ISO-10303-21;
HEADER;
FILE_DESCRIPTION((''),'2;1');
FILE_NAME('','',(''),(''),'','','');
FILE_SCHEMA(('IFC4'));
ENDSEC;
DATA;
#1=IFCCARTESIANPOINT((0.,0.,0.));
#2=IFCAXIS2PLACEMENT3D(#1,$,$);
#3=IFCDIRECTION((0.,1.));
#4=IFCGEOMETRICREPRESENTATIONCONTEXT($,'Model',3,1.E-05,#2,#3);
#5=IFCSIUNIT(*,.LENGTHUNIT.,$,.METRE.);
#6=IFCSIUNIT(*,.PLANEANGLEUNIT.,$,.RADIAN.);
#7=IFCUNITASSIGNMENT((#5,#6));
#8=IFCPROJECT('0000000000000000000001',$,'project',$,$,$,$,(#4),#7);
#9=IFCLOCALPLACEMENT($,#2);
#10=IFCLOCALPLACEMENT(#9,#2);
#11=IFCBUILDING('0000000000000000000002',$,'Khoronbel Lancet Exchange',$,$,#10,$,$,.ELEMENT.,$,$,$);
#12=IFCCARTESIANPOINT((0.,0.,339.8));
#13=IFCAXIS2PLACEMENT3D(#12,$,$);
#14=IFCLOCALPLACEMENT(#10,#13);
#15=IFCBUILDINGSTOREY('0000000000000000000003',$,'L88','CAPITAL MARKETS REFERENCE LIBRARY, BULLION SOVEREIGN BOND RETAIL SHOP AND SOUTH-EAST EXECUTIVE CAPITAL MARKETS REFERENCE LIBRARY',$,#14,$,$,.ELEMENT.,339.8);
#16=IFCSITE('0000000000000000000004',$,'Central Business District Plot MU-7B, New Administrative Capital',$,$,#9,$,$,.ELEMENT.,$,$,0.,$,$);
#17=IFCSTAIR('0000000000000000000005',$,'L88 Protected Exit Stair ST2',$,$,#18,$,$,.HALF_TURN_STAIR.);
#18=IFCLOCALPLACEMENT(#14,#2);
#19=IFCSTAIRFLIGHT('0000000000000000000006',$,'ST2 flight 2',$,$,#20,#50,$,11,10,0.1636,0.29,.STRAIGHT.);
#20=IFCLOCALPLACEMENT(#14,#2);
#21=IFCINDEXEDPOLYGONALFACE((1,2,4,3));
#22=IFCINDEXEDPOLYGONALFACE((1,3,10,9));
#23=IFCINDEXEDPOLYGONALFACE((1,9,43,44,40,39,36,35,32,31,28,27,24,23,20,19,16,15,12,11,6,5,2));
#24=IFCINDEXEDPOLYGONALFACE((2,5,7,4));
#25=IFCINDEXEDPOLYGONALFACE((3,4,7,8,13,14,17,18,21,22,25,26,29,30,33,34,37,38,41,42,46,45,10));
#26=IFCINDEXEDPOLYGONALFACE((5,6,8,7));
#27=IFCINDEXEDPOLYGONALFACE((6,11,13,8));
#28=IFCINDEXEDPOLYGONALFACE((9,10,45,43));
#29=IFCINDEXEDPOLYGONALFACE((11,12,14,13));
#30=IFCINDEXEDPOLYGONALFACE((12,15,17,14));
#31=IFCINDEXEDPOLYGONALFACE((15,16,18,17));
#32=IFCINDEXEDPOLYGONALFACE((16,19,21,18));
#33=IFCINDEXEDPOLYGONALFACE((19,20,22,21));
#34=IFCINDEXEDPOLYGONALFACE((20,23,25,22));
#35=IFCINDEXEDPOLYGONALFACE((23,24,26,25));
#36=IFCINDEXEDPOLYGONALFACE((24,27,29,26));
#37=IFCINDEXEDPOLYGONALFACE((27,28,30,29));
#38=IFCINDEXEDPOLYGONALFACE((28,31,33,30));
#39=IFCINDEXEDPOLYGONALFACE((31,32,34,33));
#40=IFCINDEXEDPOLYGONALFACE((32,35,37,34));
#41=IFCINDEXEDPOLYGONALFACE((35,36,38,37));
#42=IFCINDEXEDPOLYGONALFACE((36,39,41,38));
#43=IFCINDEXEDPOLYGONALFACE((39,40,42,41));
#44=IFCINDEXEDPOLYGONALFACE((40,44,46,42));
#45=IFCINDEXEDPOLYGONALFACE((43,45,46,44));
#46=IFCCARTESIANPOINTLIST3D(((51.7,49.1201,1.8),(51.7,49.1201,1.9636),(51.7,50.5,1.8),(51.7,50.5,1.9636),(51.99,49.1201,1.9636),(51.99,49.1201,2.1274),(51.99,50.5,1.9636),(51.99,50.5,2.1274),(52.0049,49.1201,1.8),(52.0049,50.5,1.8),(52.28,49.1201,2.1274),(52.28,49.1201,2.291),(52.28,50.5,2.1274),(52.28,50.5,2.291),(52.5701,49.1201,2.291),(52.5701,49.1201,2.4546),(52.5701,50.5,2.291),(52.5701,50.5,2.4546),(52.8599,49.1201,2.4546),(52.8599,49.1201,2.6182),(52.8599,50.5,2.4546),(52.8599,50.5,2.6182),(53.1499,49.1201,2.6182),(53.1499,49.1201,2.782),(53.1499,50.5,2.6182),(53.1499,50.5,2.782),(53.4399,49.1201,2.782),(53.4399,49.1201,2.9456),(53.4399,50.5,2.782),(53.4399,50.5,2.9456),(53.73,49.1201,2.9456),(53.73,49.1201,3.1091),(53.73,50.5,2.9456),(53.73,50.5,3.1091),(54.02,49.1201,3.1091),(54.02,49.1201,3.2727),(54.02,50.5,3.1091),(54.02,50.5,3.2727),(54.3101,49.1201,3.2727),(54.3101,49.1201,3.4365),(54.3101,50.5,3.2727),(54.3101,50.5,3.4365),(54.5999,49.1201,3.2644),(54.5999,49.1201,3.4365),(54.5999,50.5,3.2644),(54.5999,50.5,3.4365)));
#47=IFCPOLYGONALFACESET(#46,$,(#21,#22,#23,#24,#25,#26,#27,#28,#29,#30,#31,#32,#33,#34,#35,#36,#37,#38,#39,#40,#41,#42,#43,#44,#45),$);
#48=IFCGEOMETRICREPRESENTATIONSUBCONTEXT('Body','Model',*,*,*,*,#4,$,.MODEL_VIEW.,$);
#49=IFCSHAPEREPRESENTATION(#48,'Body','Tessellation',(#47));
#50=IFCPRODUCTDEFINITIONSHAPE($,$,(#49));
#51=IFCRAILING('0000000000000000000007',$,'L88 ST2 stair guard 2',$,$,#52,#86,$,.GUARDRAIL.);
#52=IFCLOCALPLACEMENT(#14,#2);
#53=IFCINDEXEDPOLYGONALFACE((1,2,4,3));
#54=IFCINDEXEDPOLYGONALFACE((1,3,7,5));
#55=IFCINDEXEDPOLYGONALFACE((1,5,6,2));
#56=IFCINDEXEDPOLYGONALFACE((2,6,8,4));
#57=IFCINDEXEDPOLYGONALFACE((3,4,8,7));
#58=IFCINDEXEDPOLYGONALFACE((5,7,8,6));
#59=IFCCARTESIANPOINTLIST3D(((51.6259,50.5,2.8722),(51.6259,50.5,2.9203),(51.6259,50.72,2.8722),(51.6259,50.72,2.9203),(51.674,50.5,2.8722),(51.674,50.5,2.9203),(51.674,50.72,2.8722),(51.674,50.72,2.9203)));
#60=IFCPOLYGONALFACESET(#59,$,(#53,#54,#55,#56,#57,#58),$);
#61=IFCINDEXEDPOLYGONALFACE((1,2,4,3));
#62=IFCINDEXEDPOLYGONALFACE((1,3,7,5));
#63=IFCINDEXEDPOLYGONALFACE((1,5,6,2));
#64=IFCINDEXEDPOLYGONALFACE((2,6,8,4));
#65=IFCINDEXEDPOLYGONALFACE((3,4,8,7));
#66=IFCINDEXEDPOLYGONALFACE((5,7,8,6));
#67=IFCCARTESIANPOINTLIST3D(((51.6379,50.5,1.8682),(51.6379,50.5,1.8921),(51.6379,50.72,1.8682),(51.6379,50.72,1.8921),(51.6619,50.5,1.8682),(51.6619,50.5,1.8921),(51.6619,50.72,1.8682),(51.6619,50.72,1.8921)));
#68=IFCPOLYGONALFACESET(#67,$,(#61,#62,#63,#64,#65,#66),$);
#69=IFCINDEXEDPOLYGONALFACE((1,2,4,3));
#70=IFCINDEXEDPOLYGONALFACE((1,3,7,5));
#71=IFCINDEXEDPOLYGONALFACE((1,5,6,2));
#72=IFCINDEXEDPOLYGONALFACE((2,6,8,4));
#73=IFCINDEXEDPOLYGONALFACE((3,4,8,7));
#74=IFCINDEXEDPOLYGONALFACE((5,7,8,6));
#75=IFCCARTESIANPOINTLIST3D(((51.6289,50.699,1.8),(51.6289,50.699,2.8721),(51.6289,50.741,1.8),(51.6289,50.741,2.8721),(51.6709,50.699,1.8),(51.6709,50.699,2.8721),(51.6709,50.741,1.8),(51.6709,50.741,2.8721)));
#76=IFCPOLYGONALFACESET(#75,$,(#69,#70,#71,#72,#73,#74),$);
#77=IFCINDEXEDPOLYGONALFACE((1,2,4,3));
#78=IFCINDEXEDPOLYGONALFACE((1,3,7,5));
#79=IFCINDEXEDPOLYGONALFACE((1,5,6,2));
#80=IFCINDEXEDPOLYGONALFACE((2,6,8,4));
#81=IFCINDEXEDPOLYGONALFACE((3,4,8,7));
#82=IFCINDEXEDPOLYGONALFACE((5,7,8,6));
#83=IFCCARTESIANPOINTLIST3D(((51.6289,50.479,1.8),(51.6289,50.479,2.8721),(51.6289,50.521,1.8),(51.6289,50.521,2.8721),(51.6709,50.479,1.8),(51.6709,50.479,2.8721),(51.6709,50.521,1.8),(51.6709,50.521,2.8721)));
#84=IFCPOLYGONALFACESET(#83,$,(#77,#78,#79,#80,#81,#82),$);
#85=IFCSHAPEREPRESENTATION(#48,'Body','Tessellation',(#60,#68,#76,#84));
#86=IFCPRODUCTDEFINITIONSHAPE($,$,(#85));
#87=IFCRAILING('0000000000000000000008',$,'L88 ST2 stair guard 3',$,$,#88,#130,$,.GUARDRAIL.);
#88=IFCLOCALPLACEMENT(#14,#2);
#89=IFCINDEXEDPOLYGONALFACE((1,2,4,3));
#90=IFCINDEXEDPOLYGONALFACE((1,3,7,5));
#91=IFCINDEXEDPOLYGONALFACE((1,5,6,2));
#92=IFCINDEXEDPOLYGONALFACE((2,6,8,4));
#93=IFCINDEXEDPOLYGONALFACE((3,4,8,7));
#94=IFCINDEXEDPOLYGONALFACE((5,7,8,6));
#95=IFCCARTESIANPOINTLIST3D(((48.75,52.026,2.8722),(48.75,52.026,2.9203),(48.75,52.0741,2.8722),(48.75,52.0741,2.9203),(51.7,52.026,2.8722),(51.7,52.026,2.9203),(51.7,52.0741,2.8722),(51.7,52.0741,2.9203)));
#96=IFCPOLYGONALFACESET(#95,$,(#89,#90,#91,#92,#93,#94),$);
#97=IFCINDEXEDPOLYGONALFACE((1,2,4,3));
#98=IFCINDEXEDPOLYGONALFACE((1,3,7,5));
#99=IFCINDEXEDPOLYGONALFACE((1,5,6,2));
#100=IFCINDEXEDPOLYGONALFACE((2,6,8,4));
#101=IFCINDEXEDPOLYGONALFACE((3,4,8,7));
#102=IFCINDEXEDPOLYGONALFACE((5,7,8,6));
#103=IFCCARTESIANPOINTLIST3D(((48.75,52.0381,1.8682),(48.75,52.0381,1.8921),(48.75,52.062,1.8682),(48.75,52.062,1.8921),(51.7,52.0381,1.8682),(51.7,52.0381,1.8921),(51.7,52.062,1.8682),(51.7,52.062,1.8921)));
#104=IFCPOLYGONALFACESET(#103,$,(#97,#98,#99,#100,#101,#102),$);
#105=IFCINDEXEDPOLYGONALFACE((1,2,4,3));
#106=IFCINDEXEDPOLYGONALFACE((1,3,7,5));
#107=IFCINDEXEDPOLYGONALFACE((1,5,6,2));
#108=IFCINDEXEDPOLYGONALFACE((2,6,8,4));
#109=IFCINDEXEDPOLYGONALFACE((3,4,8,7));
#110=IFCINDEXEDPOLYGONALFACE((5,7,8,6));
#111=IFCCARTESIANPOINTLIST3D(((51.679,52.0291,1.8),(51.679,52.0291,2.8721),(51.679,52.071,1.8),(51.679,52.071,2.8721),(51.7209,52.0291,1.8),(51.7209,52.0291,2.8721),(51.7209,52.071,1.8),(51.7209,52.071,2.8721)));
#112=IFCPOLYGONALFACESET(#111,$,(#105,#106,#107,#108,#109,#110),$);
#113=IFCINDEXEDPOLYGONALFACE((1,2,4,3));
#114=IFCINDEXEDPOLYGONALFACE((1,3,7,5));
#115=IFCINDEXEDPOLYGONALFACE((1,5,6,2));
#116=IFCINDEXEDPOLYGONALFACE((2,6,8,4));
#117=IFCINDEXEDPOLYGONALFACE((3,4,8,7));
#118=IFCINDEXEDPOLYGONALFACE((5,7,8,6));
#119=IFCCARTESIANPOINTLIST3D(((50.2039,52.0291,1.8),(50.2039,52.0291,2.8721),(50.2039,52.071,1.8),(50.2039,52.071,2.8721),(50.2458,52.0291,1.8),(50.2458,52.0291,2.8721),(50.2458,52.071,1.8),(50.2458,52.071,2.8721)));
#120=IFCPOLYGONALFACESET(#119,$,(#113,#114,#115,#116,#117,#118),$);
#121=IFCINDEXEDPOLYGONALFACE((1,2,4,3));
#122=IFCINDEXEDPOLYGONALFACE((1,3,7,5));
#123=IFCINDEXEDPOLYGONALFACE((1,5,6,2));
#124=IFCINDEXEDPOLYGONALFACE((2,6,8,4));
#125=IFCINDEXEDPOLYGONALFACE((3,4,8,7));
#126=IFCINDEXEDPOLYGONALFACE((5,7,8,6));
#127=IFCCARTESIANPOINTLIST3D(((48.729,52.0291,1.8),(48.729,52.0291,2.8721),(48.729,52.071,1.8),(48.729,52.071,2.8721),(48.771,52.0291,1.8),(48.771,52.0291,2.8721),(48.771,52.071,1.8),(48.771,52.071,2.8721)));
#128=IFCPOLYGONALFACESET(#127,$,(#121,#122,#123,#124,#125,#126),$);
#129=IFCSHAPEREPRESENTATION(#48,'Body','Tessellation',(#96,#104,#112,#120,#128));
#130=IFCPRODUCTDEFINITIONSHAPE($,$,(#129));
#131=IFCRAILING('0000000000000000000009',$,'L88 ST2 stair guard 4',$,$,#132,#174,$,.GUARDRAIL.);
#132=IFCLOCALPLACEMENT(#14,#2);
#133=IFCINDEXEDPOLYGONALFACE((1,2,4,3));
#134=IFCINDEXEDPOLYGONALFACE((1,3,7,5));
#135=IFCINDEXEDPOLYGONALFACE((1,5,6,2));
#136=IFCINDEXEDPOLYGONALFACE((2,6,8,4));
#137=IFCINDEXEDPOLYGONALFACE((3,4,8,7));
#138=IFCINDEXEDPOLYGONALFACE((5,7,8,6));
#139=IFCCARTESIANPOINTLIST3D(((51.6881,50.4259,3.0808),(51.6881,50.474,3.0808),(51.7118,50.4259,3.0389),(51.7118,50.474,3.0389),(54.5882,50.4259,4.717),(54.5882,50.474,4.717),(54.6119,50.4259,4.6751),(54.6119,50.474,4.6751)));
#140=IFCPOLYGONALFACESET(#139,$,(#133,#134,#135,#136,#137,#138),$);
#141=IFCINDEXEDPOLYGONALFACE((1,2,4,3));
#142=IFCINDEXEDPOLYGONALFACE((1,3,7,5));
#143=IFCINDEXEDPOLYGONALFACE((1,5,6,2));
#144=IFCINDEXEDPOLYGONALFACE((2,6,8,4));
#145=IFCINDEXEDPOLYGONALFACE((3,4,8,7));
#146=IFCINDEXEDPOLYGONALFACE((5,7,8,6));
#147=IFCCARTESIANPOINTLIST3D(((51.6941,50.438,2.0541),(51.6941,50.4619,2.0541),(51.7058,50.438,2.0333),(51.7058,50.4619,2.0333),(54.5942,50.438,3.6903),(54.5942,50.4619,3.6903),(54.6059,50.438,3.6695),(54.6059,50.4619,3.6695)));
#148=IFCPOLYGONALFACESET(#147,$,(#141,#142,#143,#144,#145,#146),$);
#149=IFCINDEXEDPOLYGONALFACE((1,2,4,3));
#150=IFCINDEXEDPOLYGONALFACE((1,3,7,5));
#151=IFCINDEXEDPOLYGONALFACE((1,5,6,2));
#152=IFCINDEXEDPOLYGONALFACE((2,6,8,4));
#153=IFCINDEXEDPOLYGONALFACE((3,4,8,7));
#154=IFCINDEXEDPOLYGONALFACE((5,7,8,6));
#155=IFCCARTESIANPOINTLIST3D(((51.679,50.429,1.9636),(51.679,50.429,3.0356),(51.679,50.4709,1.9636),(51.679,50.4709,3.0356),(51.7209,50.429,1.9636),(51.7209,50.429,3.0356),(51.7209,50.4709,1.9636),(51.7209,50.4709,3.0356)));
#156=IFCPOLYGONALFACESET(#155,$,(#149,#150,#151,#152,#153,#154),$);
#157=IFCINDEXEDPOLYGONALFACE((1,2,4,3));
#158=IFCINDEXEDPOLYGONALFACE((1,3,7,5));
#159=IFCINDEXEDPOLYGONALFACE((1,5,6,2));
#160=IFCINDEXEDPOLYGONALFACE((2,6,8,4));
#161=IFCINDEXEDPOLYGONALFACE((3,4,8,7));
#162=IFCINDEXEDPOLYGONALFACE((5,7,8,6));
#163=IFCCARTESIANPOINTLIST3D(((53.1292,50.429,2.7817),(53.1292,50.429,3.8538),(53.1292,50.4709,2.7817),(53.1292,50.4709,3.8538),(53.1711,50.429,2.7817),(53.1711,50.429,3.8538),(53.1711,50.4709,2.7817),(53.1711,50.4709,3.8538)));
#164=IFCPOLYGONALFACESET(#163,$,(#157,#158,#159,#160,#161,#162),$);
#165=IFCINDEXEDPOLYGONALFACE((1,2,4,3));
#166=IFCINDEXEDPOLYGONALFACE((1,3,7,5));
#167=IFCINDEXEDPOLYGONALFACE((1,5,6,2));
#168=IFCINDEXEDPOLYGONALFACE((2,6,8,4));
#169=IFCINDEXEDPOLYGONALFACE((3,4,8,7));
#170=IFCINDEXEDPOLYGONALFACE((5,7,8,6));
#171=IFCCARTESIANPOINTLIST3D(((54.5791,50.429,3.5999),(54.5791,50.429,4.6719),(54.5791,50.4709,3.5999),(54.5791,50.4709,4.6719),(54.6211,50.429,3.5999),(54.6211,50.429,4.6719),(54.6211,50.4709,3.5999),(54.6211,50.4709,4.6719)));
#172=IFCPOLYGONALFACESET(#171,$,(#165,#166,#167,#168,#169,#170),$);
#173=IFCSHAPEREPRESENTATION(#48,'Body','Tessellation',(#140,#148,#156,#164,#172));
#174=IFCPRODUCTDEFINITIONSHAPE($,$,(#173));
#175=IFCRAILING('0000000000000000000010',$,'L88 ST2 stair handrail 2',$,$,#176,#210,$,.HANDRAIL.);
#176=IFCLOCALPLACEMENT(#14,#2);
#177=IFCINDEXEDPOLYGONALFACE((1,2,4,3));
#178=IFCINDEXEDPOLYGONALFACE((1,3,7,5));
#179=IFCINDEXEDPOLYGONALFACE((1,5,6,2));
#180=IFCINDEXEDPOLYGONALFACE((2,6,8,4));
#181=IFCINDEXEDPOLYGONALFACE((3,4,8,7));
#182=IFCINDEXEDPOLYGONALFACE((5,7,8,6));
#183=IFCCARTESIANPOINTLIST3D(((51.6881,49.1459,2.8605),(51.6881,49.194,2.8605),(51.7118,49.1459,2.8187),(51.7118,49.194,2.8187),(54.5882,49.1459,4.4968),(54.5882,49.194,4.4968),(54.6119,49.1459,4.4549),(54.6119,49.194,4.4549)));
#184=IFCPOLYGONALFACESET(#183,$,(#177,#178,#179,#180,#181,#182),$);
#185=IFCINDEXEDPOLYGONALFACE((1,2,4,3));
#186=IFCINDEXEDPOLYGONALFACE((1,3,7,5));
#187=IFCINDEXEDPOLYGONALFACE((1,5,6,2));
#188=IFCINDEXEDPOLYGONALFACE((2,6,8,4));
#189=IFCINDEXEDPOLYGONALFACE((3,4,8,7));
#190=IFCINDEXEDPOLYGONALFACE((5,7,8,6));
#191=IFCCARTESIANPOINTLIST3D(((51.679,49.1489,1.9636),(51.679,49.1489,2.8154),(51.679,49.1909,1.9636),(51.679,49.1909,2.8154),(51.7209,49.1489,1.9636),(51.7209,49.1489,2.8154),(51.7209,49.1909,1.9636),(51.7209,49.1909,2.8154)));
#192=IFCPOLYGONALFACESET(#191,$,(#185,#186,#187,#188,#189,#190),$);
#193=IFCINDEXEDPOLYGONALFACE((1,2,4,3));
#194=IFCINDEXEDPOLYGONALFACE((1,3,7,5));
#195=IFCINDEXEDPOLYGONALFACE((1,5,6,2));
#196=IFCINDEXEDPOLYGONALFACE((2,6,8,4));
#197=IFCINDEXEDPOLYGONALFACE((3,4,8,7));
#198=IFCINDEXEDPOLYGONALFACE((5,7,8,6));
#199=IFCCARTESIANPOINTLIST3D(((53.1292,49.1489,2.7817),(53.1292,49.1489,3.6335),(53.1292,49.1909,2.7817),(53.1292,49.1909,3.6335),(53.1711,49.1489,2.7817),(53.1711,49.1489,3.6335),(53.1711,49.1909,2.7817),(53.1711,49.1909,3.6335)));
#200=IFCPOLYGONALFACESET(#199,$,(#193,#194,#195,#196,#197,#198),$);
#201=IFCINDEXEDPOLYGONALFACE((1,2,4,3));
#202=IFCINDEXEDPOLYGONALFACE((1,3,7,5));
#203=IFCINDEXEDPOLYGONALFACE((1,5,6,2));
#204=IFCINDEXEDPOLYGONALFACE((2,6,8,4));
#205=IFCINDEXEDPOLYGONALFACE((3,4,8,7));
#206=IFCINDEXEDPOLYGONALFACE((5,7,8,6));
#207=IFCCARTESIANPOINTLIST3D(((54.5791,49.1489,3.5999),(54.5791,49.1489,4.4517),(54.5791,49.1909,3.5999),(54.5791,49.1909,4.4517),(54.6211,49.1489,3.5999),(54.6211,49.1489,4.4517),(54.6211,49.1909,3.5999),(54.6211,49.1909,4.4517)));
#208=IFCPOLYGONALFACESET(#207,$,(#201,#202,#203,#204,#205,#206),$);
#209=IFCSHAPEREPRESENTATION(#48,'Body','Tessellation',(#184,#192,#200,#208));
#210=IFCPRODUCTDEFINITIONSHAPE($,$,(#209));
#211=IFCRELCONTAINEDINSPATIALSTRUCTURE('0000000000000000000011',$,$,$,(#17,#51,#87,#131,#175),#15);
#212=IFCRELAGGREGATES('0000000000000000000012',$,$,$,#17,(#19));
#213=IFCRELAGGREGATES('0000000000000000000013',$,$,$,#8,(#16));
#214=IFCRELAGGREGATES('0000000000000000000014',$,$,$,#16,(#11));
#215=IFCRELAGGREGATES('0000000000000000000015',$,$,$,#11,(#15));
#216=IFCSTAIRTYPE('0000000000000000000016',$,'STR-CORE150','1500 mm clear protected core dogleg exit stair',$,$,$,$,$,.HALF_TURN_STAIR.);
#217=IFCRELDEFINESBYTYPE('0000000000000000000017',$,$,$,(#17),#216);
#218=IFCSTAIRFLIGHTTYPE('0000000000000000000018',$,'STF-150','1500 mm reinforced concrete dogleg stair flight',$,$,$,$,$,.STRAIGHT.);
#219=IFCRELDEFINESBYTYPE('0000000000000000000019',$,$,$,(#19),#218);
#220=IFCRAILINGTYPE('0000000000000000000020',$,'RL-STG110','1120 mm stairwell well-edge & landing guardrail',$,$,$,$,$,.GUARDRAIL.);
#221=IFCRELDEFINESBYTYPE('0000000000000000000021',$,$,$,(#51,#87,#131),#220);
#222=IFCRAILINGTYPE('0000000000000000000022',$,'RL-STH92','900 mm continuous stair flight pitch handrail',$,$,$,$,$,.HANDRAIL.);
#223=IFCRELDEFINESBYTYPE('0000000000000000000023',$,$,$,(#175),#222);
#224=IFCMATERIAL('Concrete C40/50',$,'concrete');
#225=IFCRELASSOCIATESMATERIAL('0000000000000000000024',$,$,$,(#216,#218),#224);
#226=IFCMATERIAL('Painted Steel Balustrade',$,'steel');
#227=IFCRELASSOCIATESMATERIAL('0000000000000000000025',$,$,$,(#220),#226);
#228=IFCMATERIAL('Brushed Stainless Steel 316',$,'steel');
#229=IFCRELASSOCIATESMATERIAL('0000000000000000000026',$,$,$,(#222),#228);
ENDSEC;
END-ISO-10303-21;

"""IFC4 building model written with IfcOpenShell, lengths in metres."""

from ifc_helpers import new_model, si_unit, direction, frame, origin, origin_2d, place, context, subcontext, project, spatial, polyline, rectangle, outline, extrude, material, type_object, element, aggregate, save


model = new_model("IFC4")

# Units and contexts
model_context = context("Model", 3, precision=1e-05, world=origin(), true_north=direction((0.0, 1.0)))
body_context = subcontext(model_context, "Body", "Model", "MODEL_VIEW")
ifc_project = project(units=[si_unit("LENGTHUNIT", "METRE"), si_unit("PLANEANGLEUNIT", "RADIAN")], contexts=[model_context])

# Site, building, storey
site_placement = place(None, origin())
site = spatial("IfcSite", under=ifc_project, at=site_placement, Name="Central Business District Plot MU-7B, New Administrative Capital", CompositionType="ELEMENT", RefElevation=0.0)
building_placement = place(site_placement, origin())
building = spatial("IfcBuilding", under=site, at=building_placement, Name="Khoronbel Lancet Exchange", CompositionType="ELEMENT")
storey_placement = place(building_placement, frame((0.0, 0.0, 339.8)))
storey = spatial("IfcBuildingStorey", under=building, at=storey_placement, Name="L88", Description="CAPITAL MARKETS REFERENCE LIBRARY, BULLION SOVEREIGN BOND RETAIL SHOP AND SOUTH-EAST EXECUTIVE CAPITAL MARKETS REFERENCE LIBRARY", CompositionType="ELEMENT", Elevation=339.8)

# Stair, stair flight
ifc_material_1 = material(Name="Concrete C40/50", Category="concrete")
stair_type = type_object("IfcStairType", Name="STR-CORE150", Description="1500 mm clear protected core dogleg exit stair", PredefinedType="HALF_TURN_STAIR", material=ifc_material_1)
stair_placement = place(storey_placement, origin())
stair = element("IfcStair", 1, at=stair_placement, inside=storey, type_object=stair_type, Name="L88 Protected Exit Stair ST2", PredefinedType="HALF_TURN_STAIR")
stair_flight_type = type_object("IfcStairFlightType", Name="STF-150", Description="1500 mm reinforced concrete dogleg stair flight", PredefinedType="STRAIGHT", material=ifc_material_1)
stair_flight_placement = place(storey_placement, frame((51.7, 49.8101, 1.8), z_axis=(0.0, 0.0, 1.0), x_axis=(1.0, 0.0, 0.0)))
stair_flight = element("IfcStairFlight", 2, at=stair_flight_placement, type_object=stair_flight_type, Name="ST2 flight 2", NumberOfRisers=11, NumberOfTreads=10, PredefinedType="STRAIGHT", RiserHeight=0.1636, TreadLength=0.29, context=body_context, shape_type="SweptSolid", body=[
    extrude(outline(polyline([(0.0, 0.0), (0.0, 0.1636), (0.29, 0.1636), (0.29, 0.3274), (0.5801, 0.3274), (0.5801, 0.491), (0.8701, 0.491), (0.8701, 0.6545), (1.1599, 0.6545), (1.1599, 0.8181), (1.45, 0.8181), (1.45, 0.9819), (1.74, 0.9819), (1.74, 1.1455), (2.03, 1.1455), (2.03, 1.3091), (2.3201, 1.3091), (2.3201, 1.4727), (2.6101, 1.4727), (2.6101, 1.6365), (2.8999, 1.6365), (2.8999, 1.8), (2.8999, 1.4644), (0.3049, 0.0), (0.0, 0.0)])), frame((0.0, 0.6899, 0.0), z_axis=(0.0, -1.0, 0.0), x_axis=(1.0, 0.0, 0.0)), (0.0, 0.0, 1.0), 1.3799),
])
aggregate(stair, [stair_flight])

# Railings
ifc_material_2 = material(Name="Painted Steel Balustrade", Category="steel")
railing_type_1 = type_object("IfcRailingType", Name="RL-STG110", Description="1120 mm stairwell well-edge & landing guardrail", PredefinedType="GUARDRAIL", material=ifc_material_2)
railing_1_placement = place(storey_placement, frame((51.6499, 50.72, 1.8)))
element("IfcRailing", 3, at=railing_1_placement, inside=storey, type_object=railing_type_1, Name="L88 ST2 stair guard 2", PredefinedType="GUARDRAIL", context=body_context, shape_type="SweptSolid", body=[
    extrude(rectangle(XDim=0.0481, YDim=0.0481, at=origin_2d()), frame((0.0, 0.0, 1.0962), z_axis=(0.0, -1.0, 0.0), x_axis=(1.0, 0.0, 0.0)), (0.0, 0.0, 1.0), 0.22),
    extrude(rectangle(XDim=0.0239, YDim=0.0239, at=origin_2d()), frame((0.0, 0.0, 0.0801), z_axis=(0.0, -1.0, 0.0), x_axis=(1.0, 0.0, 0.0)), (0.0, 0.0, 1.0), 0.22),
    extrude(rectangle(XDim=0.042, YDim=0.042, at=origin_2d()), origin(), (0.0, 0.0, 1.0), 1.072),
    extrude(rectangle(XDim=0.042, YDim=0.042, at=origin_2d()), frame((0.0, -0.22, 0.0)), (0.0, 0.0, 1.0), 1.072),
])
railing_2_placement = place(storey_placement, frame((51.7, 52.05, 1.8)))
element("IfcRailing", 4, at=railing_2_placement, inside=storey, type_object=railing_type_1, Name="L88 ST2 stair guard 3", PredefinedType="GUARDRAIL", context=body_context, shape_type="SweptSolid", body=[
    extrude(rectangle(XDim=0.0481, YDim=0.0481, at=origin_2d()), frame((0.0, 0.0, 1.0962), z_axis=(-1.0, 0.0, 0.0), x_axis=(0.0, -1.0, 0.0)), (0.0, 0.0, 1.0), 2.95),
    extrude(rectangle(XDim=0.0239, YDim=0.0239, at=origin_2d()), frame((0.0, 0.0, 0.0801), z_axis=(-1.0, 0.0, 0.0), x_axis=(0.0, -1.0, 0.0)), (0.0, 0.0, 1.0), 2.95),
    extrude(rectangle(XDim=0.042, YDim=0.042, at=origin_2d()), origin(), (0.0, 0.0, 1.0), 1.072),
    extrude(rectangle(XDim=0.042, YDim=0.042, at=origin_2d()), frame((-1.4751, 0.0, 0.0)), (0.0, 0.0, 1.0), 1.072),
    extrude(rectangle(XDim=0.042, YDim=0.042, at=origin_2d()), frame((-2.95, 0.0, 0.0)), (0.0, 0.0, 1.0), 1.072),
])
railing_3_placement = place(storey_placement, frame((51.7, 50.45, 1.9636)))
element("IfcRailing", 5, at=railing_3_placement, inside=storey, type_object=railing_type_1, Name="L88 ST2 stair guard 4", PredefinedType="GUARDRAIL", context=body_context, shape_type="SweptSolid", body=[
    extrude(rectangle(XDim=0.0481, YDim=0.0481, at=origin_2d()), frame((0.0, 0.0, 1.0962), z_axis=(0.870946, 0.0, 0.491378), x_axis=(0.0, 1.0, 0.0)), (0.0, 0.0, 1.0), 3.3298),
    extrude(rectangle(XDim=0.0239, YDim=0.0239, at=origin_2d()), frame((0.0, 0.0, 0.0801), z_axis=(0.870946, 0.0, 0.491378), x_axis=(0.0, 1.0, 0.0)), (0.0, 0.0, 1.0), 3.3298),
    extrude(rectangle(XDim=0.042, YDim=0.042, at=origin_2d()), origin(), (0.0, 0.0, 1.0), 1.072),
    extrude(rectangle(XDim=0.042, YDim=0.042, at=origin_2d()), frame((1.4502, 0.0, 0.8181)), (0.0, 0.0, 1.0), 1.072),
    extrude(rectangle(XDim=0.042, YDim=0.042, at=origin_2d()), frame((2.9001, 0.0, 1.6362)), (0.0, 0.0, 1.0), 1.072),
])
ifc_material_3 = material(Name="Brushed Stainless Steel 316", Category="steel")
railing_type_2 = type_object("IfcRailingType", Name="RL-STH92", Description="900 mm continuous stair flight pitch handrail", PredefinedType="HANDRAIL", material=ifc_material_3)
railing_4_placement = place(storey_placement, frame((51.7, 49.1699, 1.9636)))
element("IfcRailing", 6, at=railing_4_placement, inside=storey, type_object=railing_type_2, Name="L88 ST2 stair handrail 2", PredefinedType="HANDRAIL", context=body_context, shape_type="SweptSolid", body=[
    extrude(rectangle(XDim=0.0481, YDim=0.0481, at=origin_2d()), frame((0.0, 0.0, 0.876), z_axis=(0.870946, 0.0, 0.491378), x_axis=(0.0, 1.0, 0.0)), (0.0, 0.0, 1.0), 3.3298),
    extrude(rectangle(XDim=0.042, YDim=0.042, at=origin_2d()), origin(), (0.0, 0.0, 1.0), 0.8518),
    extrude(rectangle(XDim=0.042, YDim=0.042, at=origin_2d()), frame((1.4502, 0.0, 0.8181)), (0.0, 0.0, 1.0), 0.8518),
    extrude(rectangle(XDim=0.042, YDim=0.042, at=origin_2d()), frame((2.9001, 0.0, 1.6362)), (0.0, 0.0, 1.0), 0.8518),
])

save(model, "model.ifc")
